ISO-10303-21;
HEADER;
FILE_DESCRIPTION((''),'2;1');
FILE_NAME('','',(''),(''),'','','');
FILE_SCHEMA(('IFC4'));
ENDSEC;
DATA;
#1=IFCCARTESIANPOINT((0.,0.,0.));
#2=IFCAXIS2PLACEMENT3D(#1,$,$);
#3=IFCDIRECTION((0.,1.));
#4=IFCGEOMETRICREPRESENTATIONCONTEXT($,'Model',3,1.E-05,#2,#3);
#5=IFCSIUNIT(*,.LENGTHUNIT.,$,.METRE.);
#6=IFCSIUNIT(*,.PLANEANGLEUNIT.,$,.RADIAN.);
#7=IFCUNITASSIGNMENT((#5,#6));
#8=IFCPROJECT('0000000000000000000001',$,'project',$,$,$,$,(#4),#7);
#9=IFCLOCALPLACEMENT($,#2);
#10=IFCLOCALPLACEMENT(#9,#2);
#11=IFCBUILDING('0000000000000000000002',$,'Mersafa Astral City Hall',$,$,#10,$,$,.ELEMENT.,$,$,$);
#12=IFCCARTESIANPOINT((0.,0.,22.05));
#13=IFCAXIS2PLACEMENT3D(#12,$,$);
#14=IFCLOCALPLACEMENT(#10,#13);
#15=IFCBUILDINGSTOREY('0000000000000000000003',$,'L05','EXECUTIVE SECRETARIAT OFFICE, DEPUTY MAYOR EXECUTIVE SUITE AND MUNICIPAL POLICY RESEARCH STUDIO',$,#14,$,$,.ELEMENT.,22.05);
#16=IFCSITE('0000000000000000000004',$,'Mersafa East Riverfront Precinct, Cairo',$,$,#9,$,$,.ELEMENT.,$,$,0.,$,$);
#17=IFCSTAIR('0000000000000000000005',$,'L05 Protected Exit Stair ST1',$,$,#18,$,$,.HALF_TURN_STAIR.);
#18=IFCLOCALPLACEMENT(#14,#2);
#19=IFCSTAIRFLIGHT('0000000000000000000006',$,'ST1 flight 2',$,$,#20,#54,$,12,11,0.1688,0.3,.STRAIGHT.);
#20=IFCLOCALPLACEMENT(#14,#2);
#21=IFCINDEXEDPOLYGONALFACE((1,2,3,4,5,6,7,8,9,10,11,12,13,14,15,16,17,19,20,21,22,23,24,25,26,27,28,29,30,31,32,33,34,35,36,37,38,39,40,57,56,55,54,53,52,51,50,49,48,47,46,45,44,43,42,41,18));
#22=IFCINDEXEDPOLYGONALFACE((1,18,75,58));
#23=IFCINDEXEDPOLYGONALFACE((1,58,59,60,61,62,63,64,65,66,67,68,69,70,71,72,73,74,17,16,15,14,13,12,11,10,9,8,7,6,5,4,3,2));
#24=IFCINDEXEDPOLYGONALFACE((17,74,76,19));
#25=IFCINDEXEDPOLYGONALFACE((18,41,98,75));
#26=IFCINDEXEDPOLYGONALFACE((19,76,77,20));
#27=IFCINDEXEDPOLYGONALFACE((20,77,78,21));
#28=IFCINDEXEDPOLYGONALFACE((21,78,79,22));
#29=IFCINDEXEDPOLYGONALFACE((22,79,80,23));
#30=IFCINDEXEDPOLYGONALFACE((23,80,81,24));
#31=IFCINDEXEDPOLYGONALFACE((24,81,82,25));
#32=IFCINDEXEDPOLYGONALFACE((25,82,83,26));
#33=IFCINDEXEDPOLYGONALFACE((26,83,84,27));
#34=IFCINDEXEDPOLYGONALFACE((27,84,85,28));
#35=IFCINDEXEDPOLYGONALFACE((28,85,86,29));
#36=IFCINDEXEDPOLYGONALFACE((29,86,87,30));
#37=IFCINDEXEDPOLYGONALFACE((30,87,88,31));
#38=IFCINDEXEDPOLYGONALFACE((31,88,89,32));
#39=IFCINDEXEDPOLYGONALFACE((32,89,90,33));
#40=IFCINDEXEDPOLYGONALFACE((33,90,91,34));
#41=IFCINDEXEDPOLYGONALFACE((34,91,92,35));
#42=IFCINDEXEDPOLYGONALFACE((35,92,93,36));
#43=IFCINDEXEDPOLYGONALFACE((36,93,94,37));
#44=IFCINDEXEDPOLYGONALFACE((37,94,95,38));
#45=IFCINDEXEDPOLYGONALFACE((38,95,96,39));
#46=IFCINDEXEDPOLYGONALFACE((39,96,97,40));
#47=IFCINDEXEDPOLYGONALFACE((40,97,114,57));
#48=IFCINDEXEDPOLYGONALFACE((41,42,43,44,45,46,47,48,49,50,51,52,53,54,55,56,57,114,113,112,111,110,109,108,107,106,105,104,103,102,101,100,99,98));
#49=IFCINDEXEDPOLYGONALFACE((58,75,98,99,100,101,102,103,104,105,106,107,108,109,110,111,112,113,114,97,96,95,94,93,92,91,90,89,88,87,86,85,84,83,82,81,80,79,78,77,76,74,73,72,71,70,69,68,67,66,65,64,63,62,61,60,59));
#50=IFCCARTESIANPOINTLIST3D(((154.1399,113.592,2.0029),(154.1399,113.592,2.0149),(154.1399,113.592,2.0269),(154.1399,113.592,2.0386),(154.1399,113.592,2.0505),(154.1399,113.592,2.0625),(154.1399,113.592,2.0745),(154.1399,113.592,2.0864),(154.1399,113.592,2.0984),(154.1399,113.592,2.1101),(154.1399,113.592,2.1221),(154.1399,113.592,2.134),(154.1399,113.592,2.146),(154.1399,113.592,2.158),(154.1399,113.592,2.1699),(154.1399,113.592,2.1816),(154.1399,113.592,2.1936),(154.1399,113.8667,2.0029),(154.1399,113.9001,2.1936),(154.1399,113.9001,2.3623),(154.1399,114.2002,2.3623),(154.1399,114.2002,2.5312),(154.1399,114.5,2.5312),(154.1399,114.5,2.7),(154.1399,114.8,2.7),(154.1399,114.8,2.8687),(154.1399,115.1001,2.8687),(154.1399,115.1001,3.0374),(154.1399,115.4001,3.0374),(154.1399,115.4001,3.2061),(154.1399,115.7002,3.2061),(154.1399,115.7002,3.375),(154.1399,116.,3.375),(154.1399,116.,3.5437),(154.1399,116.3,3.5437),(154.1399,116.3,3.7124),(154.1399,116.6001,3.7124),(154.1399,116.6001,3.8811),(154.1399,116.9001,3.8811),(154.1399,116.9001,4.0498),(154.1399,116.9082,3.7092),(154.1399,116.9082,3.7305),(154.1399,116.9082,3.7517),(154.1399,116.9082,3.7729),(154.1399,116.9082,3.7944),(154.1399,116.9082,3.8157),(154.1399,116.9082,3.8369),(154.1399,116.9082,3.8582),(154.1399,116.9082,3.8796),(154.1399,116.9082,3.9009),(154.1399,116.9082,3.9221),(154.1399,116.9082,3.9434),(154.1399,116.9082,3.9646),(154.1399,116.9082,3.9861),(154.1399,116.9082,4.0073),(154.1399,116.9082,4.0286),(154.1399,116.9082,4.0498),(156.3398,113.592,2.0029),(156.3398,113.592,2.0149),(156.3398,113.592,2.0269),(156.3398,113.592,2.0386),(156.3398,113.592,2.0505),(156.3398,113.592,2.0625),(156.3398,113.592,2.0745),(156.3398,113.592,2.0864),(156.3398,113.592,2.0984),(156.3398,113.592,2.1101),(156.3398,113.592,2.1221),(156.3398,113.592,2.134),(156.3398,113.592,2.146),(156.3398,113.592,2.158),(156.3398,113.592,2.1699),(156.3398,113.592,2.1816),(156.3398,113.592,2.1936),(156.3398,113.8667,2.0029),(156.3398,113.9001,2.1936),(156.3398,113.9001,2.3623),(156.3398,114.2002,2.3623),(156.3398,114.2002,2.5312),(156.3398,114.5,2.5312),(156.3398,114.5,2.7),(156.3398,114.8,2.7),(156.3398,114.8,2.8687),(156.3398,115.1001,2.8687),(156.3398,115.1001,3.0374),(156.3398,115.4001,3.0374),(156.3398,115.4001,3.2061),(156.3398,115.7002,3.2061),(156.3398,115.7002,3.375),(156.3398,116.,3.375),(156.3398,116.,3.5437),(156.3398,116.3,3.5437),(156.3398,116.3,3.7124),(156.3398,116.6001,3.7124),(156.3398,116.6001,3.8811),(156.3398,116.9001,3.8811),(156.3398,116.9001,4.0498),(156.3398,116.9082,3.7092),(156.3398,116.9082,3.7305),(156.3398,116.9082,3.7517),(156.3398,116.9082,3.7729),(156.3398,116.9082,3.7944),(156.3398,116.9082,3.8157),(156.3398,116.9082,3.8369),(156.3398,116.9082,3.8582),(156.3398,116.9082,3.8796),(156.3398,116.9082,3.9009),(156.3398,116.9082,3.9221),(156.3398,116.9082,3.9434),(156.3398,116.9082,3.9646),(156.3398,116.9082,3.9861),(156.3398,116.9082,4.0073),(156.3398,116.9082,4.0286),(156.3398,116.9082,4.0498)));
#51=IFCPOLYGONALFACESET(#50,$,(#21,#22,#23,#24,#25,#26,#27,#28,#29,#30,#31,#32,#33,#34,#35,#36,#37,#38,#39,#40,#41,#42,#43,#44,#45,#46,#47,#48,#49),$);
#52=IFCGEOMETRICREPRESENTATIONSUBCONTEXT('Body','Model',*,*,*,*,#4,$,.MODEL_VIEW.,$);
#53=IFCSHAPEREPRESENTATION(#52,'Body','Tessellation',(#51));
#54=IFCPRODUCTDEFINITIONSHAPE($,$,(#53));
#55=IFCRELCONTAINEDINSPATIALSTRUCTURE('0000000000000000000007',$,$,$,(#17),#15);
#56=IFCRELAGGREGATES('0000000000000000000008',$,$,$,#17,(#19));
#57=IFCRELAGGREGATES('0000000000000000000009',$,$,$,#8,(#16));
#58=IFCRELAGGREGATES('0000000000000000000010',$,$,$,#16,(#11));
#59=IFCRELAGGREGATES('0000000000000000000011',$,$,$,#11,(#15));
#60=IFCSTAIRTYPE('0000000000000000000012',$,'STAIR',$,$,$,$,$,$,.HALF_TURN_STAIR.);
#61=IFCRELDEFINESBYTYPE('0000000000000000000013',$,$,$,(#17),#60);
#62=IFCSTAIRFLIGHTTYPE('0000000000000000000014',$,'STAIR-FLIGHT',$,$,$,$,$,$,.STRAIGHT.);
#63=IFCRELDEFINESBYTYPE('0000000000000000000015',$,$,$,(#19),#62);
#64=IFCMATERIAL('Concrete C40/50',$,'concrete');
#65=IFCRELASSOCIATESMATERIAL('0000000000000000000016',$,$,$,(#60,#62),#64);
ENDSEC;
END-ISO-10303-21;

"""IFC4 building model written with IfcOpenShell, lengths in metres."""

from ifc_helpers import new_model, si_unit, direction, frame, origin, place, context, subcontext, project, spatial, polyline, outline, extrude, material, type_object, element, aggregate, save


model = new_model("IFC4")

# Units and contexts
model_context = context("Model", 3, precision=1e-05, world=origin(), true_north=direction((0.0, 1.0)))
body_context = subcontext(model_context, "Body", "Model", "MODEL_VIEW")
ifc_project = project(units=[si_unit("LENGTHUNIT", "METRE"), si_unit("PLANEANGLEUNIT", "RADIAN")], contexts=[model_context])

# Site, building, storey
site_placement = place(None, origin())
site = spatial("IfcSite", under=ifc_project, at=site_placement, Name="Mersafa East Riverfront Precinct, Cairo", CompositionType="ELEMENT", RefElevation=0.0)
building_placement = place(site_placement, origin())
building = spatial("IfcBuilding", under=site, at=building_placement, Name="Mersafa Astral City Hall", CompositionType="ELEMENT")
storey_placement = place(building_placement, frame((0.0, 0.0, 22.05)))
storey = spatial("IfcBuildingStorey", under=building, at=storey_placement, Name="L05", Description="EXECUTIVE SECRETARIAT OFFICE, DEPUTY MAYOR EXECUTIVE SUITE AND MUNICIPAL POLICY RESEARCH STUDIO", CompositionType="ELEMENT", Elevation=22.05)

# Shared definitions
ifc_material_1 = material(Name="Concrete C40/50", Category="concrete")

# Stair, stair flight
stair_type = type_object("IfcStairType", Name="STAIR", PredefinedType="HALF_TURN_STAIR", material=ifc_material_1)
stair_placement = place(storey_placement, origin())
stair = element("IfcStair", 1, at=stair_placement, inside=storey, type_object=stair_type, Name="L05 Protected Exit Stair ST1", PredefinedType="HALF_TURN_STAIR")
stair_flight_type = type_object("IfcStairFlightType", Name="STAIR-FLIGHT", PredefinedType="STRAIGHT", material=ifc_material_1)
stair_flight_1_placement = place(storey_placement, frame((155.24, 113.6001, 2.0249), z_axis=(0.0, 0.0, 1.0), x_axis=(0.0, 1.0, 0.0)))
stair_flight_1 = element("IfcStairFlight", 2, at=stair_flight_1_placement, type_object=stair_flight_type, Name="ST1 flight 2", NumberOfRisers=12, NumberOfTreads=11, PredefinedType="STRAIGHT", RiserHeight=0.1688, TreadLength=0.3, context=body_context, shape_type="SweptSolid", body=[
    extrude(outline(polyline([(-0.0081, -0.022), (-0.0081, -0.01), (-0.0081, 0.002), (-0.0081, 0.0137), (-0.0081, 0.0256), (-0.0081, 0.0376), (-0.0081, 0.0496), (-0.0081, 0.0615), (-0.0081, 0.0735), (-0.0081, 0.0852), (-0.0081, 0.0972), (-0.0081, 0.1091), (-0.0081, 0.1211), (-0.0081, 0.1331), (-0.0081, 0.145), (-0.0081, 0.1567), (-0.0081, 0.1687), (0.3, 0.1687), (0.3, 0.3374), (0.6001, 0.3374), (0.6001, 0.5063), (0.8999, 0.5063), (0.8999, 0.675), (1.2, 0.675), (1.2, 0.8438), (1.5, 0.8438), (1.5, 1.0125), (1.8, 1.0125), (1.8, 1.1812), (2.1001, 1.1812), (2.1001, 1.3501), (2.3999, 1.3501), (2.3999, 1.5188), (2.7, 1.5188), (2.7, 1.6875), (3.0, 1.6875), (3.0, 1.8562), (3.3, 1.8562), (3.3, 2.0249), (3.3081, 2.0249), (3.3081, 2.0037), (3.3081, 1.9824), (3.3081, 1.9612), (3.3081, 1.9397), (3.3081, 1.9185), (3.3081, 1.8972), (3.3081, 1.876), (3.3081, 1.8547), (3.3081, 1.8333), (3.3081, 1.812), (3.3081, 1.7908), (3.3081, 1.7695), (3.3081, 1.748), (3.3081, 1.7268), (3.3081, 1.7056), (3.3081, 1.6843), (0.2666, -0.022), (-0.0081, -0.022)])), frame((0.0, 1.1001, 0.0), z_axis=(0.0, -1.0, 0.0), x_axis=(1.0, 0.0, 0.0)), (0.0, 0.0, 1.0), 2.2),
])
aggregate(stair, [stair_flight_1])

save(model, "model.ifc")
